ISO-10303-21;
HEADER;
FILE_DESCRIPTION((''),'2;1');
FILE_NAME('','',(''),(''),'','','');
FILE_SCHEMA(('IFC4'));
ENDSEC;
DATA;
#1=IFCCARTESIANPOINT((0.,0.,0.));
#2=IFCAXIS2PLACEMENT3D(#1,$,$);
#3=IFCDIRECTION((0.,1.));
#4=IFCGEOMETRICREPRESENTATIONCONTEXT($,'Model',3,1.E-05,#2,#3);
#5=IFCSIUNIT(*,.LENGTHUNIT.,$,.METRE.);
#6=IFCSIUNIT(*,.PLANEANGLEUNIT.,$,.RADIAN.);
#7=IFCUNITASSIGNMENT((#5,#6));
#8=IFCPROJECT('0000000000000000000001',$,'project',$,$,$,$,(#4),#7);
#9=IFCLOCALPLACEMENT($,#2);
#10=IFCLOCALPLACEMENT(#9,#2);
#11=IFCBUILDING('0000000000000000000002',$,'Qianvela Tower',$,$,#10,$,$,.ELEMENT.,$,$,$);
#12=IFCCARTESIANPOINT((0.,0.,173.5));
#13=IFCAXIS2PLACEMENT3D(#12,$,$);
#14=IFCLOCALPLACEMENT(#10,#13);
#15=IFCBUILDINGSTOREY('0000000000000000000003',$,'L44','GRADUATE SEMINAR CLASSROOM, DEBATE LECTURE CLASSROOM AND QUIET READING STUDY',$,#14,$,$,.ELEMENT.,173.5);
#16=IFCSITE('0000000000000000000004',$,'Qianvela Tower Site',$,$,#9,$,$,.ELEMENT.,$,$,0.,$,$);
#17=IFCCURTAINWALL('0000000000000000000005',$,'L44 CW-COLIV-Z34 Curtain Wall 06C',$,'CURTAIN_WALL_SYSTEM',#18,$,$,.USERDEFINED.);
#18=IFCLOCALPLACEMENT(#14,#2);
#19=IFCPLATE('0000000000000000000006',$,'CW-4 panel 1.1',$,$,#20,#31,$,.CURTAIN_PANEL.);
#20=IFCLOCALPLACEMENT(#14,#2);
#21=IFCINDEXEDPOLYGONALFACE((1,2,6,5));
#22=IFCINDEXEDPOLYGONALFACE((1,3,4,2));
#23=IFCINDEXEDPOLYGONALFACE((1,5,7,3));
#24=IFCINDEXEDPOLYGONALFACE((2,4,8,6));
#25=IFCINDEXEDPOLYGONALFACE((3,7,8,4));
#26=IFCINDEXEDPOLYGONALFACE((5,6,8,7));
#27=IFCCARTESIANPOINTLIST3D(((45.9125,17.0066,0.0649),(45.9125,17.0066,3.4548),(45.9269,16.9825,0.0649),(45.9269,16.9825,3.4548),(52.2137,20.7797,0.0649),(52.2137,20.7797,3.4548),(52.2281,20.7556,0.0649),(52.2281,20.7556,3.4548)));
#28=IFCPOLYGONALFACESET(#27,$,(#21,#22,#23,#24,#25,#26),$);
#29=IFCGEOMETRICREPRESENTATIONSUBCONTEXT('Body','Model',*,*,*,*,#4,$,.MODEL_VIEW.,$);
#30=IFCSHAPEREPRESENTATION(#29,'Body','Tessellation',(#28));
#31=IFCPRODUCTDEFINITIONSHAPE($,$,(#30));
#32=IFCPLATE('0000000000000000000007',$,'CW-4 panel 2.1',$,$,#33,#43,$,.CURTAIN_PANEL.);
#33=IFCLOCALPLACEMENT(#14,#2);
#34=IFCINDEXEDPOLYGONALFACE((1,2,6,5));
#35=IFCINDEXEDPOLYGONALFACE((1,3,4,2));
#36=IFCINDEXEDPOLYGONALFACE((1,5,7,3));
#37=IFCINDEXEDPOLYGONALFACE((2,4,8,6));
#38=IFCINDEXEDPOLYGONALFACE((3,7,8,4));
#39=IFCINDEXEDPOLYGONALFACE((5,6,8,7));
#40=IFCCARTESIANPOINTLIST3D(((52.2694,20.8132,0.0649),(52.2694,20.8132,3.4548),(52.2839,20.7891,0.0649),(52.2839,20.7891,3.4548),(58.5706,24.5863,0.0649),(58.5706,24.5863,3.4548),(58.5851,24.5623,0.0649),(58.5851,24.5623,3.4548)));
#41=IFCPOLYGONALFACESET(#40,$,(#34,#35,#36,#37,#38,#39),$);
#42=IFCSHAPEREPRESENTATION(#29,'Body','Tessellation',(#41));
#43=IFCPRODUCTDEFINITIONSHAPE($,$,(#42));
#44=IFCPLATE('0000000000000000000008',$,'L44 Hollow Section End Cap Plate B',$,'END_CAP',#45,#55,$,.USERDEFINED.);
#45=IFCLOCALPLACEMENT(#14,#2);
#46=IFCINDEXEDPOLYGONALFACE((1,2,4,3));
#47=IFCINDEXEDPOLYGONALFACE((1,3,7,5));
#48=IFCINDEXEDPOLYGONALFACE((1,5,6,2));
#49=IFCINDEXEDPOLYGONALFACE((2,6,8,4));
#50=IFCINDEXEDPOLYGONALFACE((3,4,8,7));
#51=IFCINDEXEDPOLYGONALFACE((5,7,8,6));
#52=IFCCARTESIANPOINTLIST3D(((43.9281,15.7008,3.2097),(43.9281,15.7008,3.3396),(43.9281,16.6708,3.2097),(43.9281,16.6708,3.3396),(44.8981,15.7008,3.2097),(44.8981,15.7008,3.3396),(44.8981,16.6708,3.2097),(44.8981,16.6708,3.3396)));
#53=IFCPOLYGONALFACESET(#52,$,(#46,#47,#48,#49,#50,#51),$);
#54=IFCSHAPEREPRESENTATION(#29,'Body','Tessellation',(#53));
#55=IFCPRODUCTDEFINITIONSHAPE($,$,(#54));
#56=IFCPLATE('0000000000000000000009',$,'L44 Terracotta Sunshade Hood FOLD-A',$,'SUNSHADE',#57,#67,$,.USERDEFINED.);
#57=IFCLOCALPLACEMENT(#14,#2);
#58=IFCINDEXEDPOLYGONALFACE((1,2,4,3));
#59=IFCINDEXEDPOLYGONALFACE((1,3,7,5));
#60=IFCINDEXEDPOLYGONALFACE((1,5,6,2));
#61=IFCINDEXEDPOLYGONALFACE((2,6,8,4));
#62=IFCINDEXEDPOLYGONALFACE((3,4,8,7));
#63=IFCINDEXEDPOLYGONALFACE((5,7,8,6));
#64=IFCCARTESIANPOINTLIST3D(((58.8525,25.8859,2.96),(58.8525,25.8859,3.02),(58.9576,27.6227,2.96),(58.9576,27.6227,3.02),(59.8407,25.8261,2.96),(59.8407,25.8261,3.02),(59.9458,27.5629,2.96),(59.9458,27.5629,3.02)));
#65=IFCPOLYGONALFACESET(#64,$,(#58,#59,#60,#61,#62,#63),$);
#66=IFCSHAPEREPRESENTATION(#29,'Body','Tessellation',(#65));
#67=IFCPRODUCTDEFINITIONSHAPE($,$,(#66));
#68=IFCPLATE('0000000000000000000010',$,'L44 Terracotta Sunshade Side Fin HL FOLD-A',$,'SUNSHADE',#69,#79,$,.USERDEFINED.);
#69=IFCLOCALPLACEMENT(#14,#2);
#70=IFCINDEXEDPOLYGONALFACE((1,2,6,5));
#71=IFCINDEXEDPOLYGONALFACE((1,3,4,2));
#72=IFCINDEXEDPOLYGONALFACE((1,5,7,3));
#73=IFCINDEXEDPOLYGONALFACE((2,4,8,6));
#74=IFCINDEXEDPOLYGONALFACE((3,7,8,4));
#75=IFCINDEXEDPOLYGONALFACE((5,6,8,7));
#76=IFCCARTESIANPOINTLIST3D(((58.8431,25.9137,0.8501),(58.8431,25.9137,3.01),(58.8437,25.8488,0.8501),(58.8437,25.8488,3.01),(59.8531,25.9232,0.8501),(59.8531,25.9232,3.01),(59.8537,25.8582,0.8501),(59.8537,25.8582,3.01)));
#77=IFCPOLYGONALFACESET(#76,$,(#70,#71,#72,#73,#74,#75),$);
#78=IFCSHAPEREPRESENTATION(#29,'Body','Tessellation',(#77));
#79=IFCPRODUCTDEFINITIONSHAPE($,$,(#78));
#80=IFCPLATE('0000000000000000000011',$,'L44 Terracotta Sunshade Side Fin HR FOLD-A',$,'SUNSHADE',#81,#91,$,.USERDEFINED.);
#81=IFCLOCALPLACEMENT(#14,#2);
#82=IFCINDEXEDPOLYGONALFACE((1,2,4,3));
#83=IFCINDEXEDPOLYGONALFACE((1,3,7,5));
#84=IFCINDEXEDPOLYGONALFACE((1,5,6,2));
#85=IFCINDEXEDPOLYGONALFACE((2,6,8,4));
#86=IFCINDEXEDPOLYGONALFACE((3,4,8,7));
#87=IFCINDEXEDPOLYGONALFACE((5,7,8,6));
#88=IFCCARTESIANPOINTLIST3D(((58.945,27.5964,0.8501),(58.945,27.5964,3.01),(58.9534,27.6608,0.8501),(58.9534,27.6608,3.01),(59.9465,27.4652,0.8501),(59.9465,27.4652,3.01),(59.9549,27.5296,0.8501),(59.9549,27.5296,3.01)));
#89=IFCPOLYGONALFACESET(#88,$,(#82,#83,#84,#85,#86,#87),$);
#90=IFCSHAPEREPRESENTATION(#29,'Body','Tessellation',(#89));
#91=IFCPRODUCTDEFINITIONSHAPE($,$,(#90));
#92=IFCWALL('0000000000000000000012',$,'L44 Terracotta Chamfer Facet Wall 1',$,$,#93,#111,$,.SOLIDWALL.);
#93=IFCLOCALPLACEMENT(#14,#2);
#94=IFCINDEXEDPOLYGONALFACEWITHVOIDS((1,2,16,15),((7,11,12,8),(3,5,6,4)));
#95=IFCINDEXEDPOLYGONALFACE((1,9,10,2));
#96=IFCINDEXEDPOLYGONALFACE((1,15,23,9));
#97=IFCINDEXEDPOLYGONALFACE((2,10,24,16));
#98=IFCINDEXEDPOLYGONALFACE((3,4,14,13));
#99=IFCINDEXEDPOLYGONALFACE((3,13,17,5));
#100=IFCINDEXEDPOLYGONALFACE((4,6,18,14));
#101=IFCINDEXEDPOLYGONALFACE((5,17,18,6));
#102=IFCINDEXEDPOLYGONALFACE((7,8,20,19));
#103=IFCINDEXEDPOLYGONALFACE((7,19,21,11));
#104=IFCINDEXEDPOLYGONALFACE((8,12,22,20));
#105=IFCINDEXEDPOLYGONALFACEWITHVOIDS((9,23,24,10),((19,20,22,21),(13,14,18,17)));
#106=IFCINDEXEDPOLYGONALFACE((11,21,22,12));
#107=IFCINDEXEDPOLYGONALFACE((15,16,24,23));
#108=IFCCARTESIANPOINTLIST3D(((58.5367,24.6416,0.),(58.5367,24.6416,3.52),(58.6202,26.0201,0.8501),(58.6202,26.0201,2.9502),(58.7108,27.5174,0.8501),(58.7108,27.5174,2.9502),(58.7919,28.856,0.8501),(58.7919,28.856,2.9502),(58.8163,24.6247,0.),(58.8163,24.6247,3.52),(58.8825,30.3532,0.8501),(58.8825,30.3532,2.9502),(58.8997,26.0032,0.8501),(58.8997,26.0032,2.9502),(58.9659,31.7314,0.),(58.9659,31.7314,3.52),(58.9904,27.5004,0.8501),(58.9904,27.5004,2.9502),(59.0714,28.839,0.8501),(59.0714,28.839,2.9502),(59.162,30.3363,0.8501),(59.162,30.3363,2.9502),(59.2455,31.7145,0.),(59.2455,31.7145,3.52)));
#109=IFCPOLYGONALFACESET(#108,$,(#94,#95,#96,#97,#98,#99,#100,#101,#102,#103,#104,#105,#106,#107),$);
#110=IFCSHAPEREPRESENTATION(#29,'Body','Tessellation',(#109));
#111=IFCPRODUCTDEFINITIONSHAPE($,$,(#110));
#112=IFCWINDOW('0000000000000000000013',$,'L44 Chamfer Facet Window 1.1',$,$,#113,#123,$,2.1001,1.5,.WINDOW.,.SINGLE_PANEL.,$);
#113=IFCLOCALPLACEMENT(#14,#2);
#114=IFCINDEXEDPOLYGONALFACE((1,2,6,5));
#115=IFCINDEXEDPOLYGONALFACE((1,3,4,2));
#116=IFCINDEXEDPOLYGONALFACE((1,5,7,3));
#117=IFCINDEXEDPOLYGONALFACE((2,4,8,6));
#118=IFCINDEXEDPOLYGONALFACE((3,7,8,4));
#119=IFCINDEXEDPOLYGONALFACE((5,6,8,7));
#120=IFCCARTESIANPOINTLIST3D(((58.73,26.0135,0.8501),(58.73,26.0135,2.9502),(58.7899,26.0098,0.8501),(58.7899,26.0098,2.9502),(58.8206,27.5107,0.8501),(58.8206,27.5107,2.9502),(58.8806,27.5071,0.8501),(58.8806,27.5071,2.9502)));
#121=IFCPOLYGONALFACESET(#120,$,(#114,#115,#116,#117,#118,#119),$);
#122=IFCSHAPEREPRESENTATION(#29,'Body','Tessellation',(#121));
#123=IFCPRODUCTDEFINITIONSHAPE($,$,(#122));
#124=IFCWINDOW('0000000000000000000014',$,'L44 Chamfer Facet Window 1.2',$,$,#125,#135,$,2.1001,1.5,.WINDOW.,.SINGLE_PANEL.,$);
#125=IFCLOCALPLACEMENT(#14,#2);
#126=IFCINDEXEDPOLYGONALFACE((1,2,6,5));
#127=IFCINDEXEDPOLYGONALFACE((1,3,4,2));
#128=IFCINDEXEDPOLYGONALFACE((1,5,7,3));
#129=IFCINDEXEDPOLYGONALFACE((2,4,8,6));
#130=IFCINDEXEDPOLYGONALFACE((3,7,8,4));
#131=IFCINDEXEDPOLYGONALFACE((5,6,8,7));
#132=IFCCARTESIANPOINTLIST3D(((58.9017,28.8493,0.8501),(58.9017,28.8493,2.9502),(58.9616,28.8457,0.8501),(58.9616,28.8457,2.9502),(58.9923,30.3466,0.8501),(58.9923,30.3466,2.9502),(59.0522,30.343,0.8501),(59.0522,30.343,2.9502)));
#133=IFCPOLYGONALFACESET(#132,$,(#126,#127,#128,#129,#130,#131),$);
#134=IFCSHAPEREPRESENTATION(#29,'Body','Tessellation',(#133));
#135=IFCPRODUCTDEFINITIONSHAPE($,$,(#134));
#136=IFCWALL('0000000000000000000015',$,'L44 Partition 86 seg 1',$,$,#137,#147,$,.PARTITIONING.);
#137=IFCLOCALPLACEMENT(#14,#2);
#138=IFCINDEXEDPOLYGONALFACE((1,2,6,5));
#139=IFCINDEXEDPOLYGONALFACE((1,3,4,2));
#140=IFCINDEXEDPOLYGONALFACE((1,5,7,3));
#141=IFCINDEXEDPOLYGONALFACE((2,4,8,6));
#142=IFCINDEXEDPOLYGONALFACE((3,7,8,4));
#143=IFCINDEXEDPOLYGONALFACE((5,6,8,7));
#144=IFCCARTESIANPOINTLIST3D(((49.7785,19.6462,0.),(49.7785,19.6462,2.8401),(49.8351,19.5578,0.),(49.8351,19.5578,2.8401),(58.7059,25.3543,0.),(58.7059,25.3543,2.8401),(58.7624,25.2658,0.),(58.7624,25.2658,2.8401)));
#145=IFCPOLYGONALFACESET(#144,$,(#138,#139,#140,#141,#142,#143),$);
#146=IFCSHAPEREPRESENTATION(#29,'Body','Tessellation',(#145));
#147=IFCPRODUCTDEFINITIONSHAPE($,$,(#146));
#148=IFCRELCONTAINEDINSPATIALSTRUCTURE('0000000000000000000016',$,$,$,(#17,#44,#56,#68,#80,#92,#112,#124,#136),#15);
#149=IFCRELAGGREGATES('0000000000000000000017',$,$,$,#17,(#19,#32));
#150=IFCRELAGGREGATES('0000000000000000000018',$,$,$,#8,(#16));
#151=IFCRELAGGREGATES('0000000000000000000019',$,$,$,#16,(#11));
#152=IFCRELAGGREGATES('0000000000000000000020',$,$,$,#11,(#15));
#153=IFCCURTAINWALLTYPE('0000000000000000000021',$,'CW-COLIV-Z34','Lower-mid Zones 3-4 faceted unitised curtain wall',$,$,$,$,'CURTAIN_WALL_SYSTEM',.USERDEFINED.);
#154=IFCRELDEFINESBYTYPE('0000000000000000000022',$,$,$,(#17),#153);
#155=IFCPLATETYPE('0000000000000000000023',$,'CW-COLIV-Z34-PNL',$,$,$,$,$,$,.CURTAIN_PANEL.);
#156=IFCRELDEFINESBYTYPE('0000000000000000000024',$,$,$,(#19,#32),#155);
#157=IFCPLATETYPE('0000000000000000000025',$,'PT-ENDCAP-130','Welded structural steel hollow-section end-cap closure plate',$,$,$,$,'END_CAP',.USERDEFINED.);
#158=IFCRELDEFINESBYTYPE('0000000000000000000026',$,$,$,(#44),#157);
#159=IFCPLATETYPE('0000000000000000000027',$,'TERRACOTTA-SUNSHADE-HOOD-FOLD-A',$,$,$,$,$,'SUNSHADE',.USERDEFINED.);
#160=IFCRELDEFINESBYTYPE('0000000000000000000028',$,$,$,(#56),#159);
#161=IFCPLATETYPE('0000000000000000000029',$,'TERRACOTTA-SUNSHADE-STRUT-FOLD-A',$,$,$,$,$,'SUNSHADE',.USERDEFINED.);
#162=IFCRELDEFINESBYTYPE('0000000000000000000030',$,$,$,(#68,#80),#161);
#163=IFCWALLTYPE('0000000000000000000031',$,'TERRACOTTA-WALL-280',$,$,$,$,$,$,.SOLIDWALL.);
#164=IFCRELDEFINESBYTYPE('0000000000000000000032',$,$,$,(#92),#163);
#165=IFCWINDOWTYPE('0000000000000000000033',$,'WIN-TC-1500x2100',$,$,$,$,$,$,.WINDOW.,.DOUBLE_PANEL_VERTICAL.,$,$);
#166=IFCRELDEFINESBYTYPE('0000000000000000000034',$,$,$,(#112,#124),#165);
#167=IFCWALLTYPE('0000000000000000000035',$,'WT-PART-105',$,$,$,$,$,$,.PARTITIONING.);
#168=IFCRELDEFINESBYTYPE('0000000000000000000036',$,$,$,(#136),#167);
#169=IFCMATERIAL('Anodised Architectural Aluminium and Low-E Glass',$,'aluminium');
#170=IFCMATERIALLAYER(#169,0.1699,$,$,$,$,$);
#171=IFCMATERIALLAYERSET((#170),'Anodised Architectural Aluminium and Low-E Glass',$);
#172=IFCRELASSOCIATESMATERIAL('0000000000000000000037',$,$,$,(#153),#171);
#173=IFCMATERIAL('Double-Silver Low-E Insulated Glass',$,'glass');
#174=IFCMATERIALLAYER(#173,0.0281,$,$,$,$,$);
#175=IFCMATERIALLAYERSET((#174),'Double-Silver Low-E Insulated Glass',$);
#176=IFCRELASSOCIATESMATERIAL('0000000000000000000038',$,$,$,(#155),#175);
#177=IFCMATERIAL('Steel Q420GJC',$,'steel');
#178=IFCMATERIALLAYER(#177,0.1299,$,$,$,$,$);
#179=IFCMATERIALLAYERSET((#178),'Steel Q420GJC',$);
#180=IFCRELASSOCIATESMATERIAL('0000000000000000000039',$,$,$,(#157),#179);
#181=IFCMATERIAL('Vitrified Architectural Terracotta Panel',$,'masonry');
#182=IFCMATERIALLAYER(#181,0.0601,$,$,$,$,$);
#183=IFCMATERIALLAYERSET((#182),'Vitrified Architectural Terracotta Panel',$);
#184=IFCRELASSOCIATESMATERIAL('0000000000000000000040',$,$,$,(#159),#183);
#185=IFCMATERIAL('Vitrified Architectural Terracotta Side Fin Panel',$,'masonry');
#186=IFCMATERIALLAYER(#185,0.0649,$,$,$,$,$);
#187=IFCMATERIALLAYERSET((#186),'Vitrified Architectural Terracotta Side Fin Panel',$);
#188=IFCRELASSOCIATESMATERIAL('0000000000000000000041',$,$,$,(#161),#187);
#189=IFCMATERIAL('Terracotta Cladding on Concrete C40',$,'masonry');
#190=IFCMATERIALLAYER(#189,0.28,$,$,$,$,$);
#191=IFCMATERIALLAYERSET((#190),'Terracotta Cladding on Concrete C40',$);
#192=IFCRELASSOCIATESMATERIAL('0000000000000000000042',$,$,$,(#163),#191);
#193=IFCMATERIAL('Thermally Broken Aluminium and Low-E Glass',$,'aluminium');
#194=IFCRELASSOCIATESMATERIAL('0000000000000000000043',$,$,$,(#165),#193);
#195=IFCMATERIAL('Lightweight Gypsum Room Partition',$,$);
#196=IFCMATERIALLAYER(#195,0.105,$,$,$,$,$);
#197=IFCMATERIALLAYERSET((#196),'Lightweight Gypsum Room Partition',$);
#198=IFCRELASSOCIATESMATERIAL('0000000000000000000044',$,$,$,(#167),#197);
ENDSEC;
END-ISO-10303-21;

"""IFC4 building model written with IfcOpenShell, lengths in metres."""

from ifc_helpers import new_model, si_unit, direction, frame, frame_2d, origin, origin_2d, place, context, subcontext, project, spatial, rectangle, extrude, material, layer, layer_set, type_object, element, fill, aggregate, save


model = new_model("IFC4")

# Units and contexts
model_context = context("Model", 3, precision=1e-05, world=origin(), true_north=direction((0.0, 1.0)))
body_context = subcontext(model_context, "Body", "Model", "MODEL_VIEW")
ifc_project = project(units=[si_unit("LENGTHUNIT", "METRE"), si_unit("PLANEANGLEUNIT", "RADIAN")], contexts=[model_context])

# Site, building, storey
site_placement = place(None, origin())
site = spatial("IfcSite", under=ifc_project, at=site_placement, Name="Qianvela Tower Site", CompositionType="ELEMENT", RefElevation=0.0)
building_placement = place(site_placement, origin())
building = spatial("IfcBuilding", under=site, at=building_placement, Name="Qianvela Tower", CompositionType="ELEMENT")
storey_placement = place(building_placement, frame((0.0, 0.0, 173.5)))
storey = spatial("IfcBuildingStorey", under=building, at=storey_placement, Name="L44", Description="GRADUATE SEMINAR CLASSROOM, DEBATE LECTURE CLASSROOM AND QUIET READING STUDY", CompositionType="ELEMENT", Elevation=173.5)

# Curtain wall
ifc_material_1 = material(Name="Anodised Architectural Aluminium and Low-E Glass", Category="aluminium")
ifc_layer_1 = layer(ifc_material_1, 0.1699)
ifc_layer_set_1 = layer_set([ifc_layer_1], Name="Anodised Architectural Aluminium and Low-E Glass")
curtain_wall_type_1 = type_object("IfcCurtainWallType", Name="CW-COLIV-Z34", Description="Lower-mid Zones 3-4 faceted unitised curtain wall", ElementType="CURTAIN_WALL_SYSTEM", PredefinedType="USERDEFINED", material=ifc_layer_set_1)
curtain_wall_1_placement = place(storey_placement, origin())
curtain_wall_1 = element("IfcCurtainWall", 1, at=curtain_wall_1_placement, inside=storey, type_object=curtain_wall_type_1, Name="L44 CW-COLIV-Z34 Curtain Wall 06C", ObjectType="CURTAIN_WALL_SYSTEM", PredefinedType="USERDEFINED")

# Plates
ifc_material_2 = material(Name="Double-Silver Low-E Insulated Glass", Category="glass")
ifc_layer_2 = layer(ifc_material_2, 0.0281)
ifc_layer_set_2 = layer_set([ifc_layer_2], Name="Double-Silver Low-E Insulated Glass")
plate_type_1 = type_object("IfcPlateType", Name="CW-COLIV-Z34-PNL", PredefinedType="CURTAIN_PANEL", material=ifc_layer_set_2)
plate_1_placement = place(storey_placement, frame((49.0703, 18.8811, 0.0649), z_axis=(0.0, 0.0, 1.0), x_axis=(0.857948, 0.513736, 0.0)))
plate_1 = element("IfcPlate", 2, at=plate_1_placement, type_object=plate_type_1, Name="CW-4 panel 1.1", PredefinedType="CURTAIN_PANEL", context=body_context, shape_type="SweptSolid", body=[
    extrude(rectangle(XDim=7.3445, YDim=0.0281, at=origin_2d()), origin(), (0.0, 0.0, 1.0), 3.3899),
])
plate_2_placement = place(storey_placement, frame((55.4272, 22.6877, 0.0649), z_axis=(0.0, 0.0, 1.0), x_axis=(0.857948, 0.513736, 0.0)))
plate_2 = element("IfcPlate", 3, at=plate_2_placement, type_object=plate_type_1, Name="CW-4 panel 2.1", PredefinedType="CURTAIN_PANEL", context=body_context, shape_type="SweptSolid", body=[
    extrude(rectangle(XDim=7.3445, YDim=0.0281, at=origin_2d()), origin(), (0.0, 0.0, 1.0), 3.3899),
])
aggregate(curtain_wall_1, [plate_1, plate_2])

# Plates
ifc_material_3 = material(Name="Steel Q420GJC", Category="steel")
ifc_layer_3 = layer(ifc_material_3, 0.1299)
ifc_layer_set_3 = layer_set([ifc_layer_3], Name="Steel Q420GJC")
plate_type_2 = type_object("IfcPlateType", Name="PT-ENDCAP-130", Description="Welded structural steel hollow-section end-cap closure plate", ElementType="END_CAP", PredefinedType="USERDEFINED", material=ifc_layer_set_3)
plate_3_placement = place(storey_placement, frame((44.4131, 16.1858, 3.2097), z_axis=(0.0, 0.0, 1.0), x_axis=(1.0, 0.0, 0.0)))
element("IfcPlate", 4, at=plate_3_placement, inside=storey, type_object=plate_type_2, Name="L44 Hollow Section End Cap Plate B", ObjectType="END_CAP", PredefinedType="USERDEFINED", context=body_context, shape_type="SweptSolid", body=[
    extrude(rectangle(XDim=0.97, YDim=0.97, at=origin_2d()), origin(), (0.0, 0.0, 1.0), 0.1299),
])
ifc_material_4 = material(Name="Vitrified Architectural Terracotta Panel", Category="masonry")
ifc_layer_4 = layer(ifc_material_4, 0.0601)
ifc_layer_set_4 = layer_set([ifc_layer_4], Name="Vitrified Architectural Terracotta Panel")
plate_type_3 = type_object("IfcPlateType", Name="TERRACOTTA-SUNSHADE-HOOD-FOLD-A", ElementType="SUNSHADE", PredefinedType="USERDEFINED", material=ifc_layer_set_4)
plate_4_placement = place(storey_placement, frame((59.3992, 26.7244, 2.96), z_axis=(0.0, 0.0, 1.0), x_axis=(0.060413, 0.998173, 0.0)))
element("IfcPlate", 5, at=plate_4_placement, inside=storey, type_object=plate_type_3, Name="L44 Terracotta Sunshade Hood FOLD-A", ObjectType="SUNSHADE", PredefinedType="USERDEFINED", context=body_context, shape_type="SweptSolid", body=[
    extrude(rectangle(XDim=1.74, YDim=0.99, at=origin_2d()), origin(), (0.0, 0.0, 1.0), 0.0601),
])
ifc_material_5 = material(Name="Vitrified Architectural Terracotta Side Fin Panel", Category="masonry")
ifc_layer_5 = layer(ifc_material_5, 0.0649)
ifc_layer_set_5 = layer_set([ifc_layer_5], Name="Vitrified Architectural Terracotta Side Fin Panel")
plate_type_4 = type_object("IfcPlateType", Name="TERRACOTTA-SUNSHADE-STRUT-FOLD-A", ElementType="SUNSHADE", PredefinedType="USERDEFINED", material=ifc_layer_set_5)
for number, where, z_axis, x_axis, name in (
    (6, (59.3484, 25.886, 0.8501), (0.0, 0.0, 1.0), (-0.009364, 0.999956, 0.0), "L44 Terracotta Sunshade Side Fin HL FOLD-A"),
    (7, (59.45, 27.563, 0.8501), (0.0, 0.0, 1.0), (0.129895, 0.991528, 0.0), "L44 Terracotta Sunshade Side Fin HR FOLD-A"),
):
    element("IfcPlate", number, at=place(storey_placement, frame(where, z_axis=z_axis, x_axis=x_axis)), inside=storey, type_object=plate_type_4, Name=name, ObjectType="SUNSHADE", PredefinedType="USERDEFINED", context=body_context, shape_type="SweptSolid", body=[
        extrude(rectangle(XDim=0.0649, YDim=1.01, at=origin_2d()), origin(), (0.0, 0.0, 1.0), 2.1599),
    ])

# Wall, openings, windows
ifc_material_6 = material(Name="Terracotta Cladding on Concrete C40", Category="masonry")
ifc_layer_6 = layer(ifc_material_6, 0.28)
ifc_layer_set_6 = layer_set([ifc_layer_6], Name="Terracotta Cladding on Concrete C40")
wall_type_1 = type_object("IfcWallType", Name="TERRACOTTA-WALL-280", PredefinedType="SOLIDWALL", material=ifc_layer_set_6)
wall_1_placement = place(storey_placement, frame((58.6765, 24.6333, 0.0), z_axis=(0.0, 0.0, 1.0), x_axis=(0.060427, 0.998173, 0.0)))
wall_1 = element("IfcWall", 8, at=wall_1_placement, inside=storey, type_object=wall_type_1, Name="L44 Terracotta Chamfer Facet Wall 1", PredefinedType="SOLIDWALL", context=body_context, shape_type="SweptSolid", body=[
    extrude(rectangle(XDim=7.1028, YDim=0.28, at=frame_2d((3.5513, 0.0))), origin(), (0.0, 0.0, 1.0), 3.52),
])
opening_1_placement = place(wall_1_placement, frame((1.3809, 0.0, 0.8501)))
opening_1 = element("IfcOpeningElement", 9, at=opening_1_placement, cuts=wall_1, PredefinedType="OPENING", context=body_context, shape_type="SweptSolid", body=[
    extrude(rectangle(XDim=1.5, YDim=2.1001, at=frame_2d((0.75, 1.05))), frame((0.0, 0.1499, 0.0), z_axis=(0.0, -1.0, 0.0), x_axis=(1.0, 0.0, 0.0)), (0.0, 0.0, 1.0), 0.3),
])
opening_2_placement = place(wall_1_placement, frame((4.2219, 0.0, 0.8501)))
opening_2 = element("IfcOpeningElement", 10, at=opening_2_placement, cuts=wall_1, PredefinedType="OPENING", context=body_context, shape_type="SweptSolid", body=[
    extrude(rectangle(XDim=1.5, YDim=2.1001, at=frame_2d((0.75, 1.05))), frame((0.0, 0.1499, 0.0), z_axis=(0.0, -1.0, 0.0), x_axis=(1.0, 0.0, 0.0)), (0.0, 0.0, 1.0), 0.3),
])
ifc_material_7 = material(Name="Thermally Broken Aluminium and Low-E Glass", Category="aluminium")
window_type = type_object("IfcWindowType", Name="WIN-TC-1500x2100", PartitioningType="DOUBLE_PANEL_VERTICAL", PredefinedType="WINDOW", material=ifc_material_7)
window_1_placement = place(opening_1_placement, origin())
window_1 = element("IfcWindow", 11, at=window_1_placement, inside=storey, type_object=window_type, Name="L44 Chamfer Facet Window 1.1", OverallHeight=2.1001, OverallWidth=1.5, PartitioningType="SINGLE_PANEL", PredefinedType="WINDOW", context=body_context, shape_type="SweptSolid", body=[
    extrude(rectangle(XDim=1.5, YDim=2.1001, at=frame_2d((0.75, 1.05))), frame((0.0, 0.03, 0.0), z_axis=(0.0, -1.0, 0.0), x_axis=(1.0, 0.0, 0.0)), (0.0, 0.0, 1.0), 0.0601),
])
fill(opening_1, window_1)
window_2_placement = place(opening_2_placement, origin())
window_2 = element("IfcWindow", 12, at=window_2_placement, inside=storey, type_object=window_type, Name="L44 Chamfer Facet Window 1.2", OverallHeight=2.1001, OverallWidth=1.5, PartitioningType="SINGLE_PANEL", PredefinedType="WINDOW", context=body_context, shape_type="SweptSolid", body=[
    extrude(rectangle(XDim=1.5, YDim=2.1001, at=frame_2d((0.75, 1.05))), frame((0.0, 0.03, 0.0), z_axis=(0.0, -1.0, 0.0), x_axis=(1.0, 0.0, 0.0)), (0.0, 0.0, 1.0), 0.0601),
])
fill(opening_2, window_2)

# Wall
ifc_material_8 = material(Name="Lightweight Gypsum Room Partition")
ifc_layer_7 = layer(ifc_material_8, 0.105)
ifc_layer_set_7 = layer_set([ifc_layer_7], Name="Lightweight Gypsum Room Partition")
wall_type_2 = type_object("IfcWallType", Name="WT-PART-105", PredefinedType="PARTITIONING", material=ifc_layer_set_7)
wall_2_placement = place(storey_placement, frame((58.7341, 25.3101, 0.0), z_axis=(0.0, 0.0, 1.0), x_axis=(-0.842504, -0.53869, 0.0)))
element("IfcWall", 13, at=wall_2_placement, inside=storey, type_object=wall_type_2, Name="L44 Partition 86 seg 1", PredefinedType="PARTITIONING", context=body_context, shape_type="SweptSolid", body=[
    extrude(rectangle(XDim=10.5962, YDim=0.105, at=frame_2d((5.2981, 0.0))), origin(), (0.0, 0.0, 1.0), 2.8401),
])

save(model, "model.ifc")
